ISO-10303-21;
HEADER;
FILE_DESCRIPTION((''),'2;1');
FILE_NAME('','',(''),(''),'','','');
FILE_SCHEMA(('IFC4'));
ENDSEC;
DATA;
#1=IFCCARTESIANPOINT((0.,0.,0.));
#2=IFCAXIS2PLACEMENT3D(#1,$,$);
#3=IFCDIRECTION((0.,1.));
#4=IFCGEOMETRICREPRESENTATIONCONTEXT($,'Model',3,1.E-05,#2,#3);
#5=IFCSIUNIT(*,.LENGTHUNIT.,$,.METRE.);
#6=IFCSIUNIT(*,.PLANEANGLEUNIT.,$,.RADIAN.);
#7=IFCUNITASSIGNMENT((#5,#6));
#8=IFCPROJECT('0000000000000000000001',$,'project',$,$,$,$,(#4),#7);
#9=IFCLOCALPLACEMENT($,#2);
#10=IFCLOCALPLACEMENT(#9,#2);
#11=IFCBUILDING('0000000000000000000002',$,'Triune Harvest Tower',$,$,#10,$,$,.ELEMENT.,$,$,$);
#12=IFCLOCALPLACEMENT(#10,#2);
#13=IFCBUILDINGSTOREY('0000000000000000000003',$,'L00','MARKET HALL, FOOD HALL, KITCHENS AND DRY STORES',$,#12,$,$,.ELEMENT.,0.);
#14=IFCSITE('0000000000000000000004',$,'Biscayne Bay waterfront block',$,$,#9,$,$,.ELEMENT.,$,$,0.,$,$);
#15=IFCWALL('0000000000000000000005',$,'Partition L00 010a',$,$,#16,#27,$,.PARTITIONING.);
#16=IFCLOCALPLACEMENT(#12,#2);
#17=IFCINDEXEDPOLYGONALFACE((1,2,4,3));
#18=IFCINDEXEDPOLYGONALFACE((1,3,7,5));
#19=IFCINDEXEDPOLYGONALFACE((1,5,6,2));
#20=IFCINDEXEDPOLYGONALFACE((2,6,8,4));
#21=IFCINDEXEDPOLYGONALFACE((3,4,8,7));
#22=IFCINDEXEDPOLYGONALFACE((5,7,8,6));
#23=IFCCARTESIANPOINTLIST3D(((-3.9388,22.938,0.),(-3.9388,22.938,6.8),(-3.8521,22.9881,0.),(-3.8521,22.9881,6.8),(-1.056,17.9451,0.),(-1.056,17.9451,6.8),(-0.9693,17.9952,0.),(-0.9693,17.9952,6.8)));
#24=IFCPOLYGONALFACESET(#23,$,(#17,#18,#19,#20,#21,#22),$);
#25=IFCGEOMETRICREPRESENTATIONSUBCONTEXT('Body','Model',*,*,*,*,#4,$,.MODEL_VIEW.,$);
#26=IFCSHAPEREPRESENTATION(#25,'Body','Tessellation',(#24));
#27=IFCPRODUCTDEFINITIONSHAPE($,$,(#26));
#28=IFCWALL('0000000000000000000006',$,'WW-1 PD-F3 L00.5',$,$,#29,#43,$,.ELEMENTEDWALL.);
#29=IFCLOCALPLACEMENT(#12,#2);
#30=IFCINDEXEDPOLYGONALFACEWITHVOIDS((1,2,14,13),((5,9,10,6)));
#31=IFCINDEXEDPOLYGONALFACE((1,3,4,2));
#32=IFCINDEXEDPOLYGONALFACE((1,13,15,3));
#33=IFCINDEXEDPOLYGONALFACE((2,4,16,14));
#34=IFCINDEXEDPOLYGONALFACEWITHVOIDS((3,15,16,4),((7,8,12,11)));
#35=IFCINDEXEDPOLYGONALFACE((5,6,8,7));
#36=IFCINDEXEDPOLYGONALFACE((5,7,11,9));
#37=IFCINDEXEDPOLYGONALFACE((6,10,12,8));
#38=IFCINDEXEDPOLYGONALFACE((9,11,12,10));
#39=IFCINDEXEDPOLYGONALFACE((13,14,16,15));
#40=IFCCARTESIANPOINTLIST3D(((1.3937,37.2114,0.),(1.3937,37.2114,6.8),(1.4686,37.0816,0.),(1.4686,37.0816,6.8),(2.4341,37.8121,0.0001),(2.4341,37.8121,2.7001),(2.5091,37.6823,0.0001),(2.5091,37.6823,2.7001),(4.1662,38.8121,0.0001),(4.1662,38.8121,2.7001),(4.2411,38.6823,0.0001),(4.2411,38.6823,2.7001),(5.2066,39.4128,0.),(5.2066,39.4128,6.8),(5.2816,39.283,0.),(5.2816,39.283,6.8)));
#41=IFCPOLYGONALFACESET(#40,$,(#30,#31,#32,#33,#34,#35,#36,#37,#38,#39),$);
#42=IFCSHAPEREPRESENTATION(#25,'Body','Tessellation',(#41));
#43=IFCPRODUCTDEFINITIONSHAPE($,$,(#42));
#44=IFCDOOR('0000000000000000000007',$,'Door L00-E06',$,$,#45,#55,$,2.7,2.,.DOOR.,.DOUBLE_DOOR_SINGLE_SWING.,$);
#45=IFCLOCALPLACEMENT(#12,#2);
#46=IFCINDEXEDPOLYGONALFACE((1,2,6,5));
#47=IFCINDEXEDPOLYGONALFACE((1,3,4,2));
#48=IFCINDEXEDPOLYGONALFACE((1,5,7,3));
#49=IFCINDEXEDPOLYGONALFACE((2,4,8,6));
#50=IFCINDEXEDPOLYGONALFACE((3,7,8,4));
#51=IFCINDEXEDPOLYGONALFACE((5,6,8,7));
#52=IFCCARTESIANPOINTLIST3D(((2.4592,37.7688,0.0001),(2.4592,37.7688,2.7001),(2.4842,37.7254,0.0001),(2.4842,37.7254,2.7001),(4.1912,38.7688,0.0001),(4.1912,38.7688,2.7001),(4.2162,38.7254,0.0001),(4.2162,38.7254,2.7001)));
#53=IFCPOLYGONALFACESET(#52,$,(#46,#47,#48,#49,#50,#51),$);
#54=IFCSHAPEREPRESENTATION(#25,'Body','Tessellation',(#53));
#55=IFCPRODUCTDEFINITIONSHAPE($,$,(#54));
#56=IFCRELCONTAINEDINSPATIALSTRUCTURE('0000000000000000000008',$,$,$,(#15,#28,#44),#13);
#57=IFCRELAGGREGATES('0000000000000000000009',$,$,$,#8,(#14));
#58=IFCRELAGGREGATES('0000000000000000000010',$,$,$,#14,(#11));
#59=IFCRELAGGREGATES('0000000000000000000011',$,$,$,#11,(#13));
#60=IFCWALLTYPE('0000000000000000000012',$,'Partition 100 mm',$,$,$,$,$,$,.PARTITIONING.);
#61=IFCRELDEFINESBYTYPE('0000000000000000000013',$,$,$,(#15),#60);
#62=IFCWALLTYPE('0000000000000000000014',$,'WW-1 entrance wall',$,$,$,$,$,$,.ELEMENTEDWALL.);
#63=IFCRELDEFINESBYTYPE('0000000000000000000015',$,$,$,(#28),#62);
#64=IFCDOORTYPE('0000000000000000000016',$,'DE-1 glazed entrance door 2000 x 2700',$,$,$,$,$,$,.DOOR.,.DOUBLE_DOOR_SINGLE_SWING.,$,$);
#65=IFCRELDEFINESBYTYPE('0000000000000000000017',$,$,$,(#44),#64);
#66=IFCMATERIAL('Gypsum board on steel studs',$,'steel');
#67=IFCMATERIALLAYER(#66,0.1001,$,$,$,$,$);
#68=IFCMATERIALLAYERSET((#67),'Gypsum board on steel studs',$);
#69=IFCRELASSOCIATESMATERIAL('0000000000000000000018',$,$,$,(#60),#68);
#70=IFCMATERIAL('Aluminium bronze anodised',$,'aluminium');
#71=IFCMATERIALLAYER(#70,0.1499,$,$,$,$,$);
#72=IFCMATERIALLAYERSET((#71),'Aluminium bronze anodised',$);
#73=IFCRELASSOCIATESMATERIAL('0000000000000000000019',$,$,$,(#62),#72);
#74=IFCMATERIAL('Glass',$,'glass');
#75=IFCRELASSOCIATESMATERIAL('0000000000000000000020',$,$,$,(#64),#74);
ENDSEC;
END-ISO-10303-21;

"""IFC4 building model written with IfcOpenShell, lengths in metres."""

from ifc_helpers import new_model, si_unit, direction, frame, frame_2d, origin, place, context, subcontext, project, spatial, rectangle, extrude, source, transform, mapped, material, layer, layer_set, type_object, element, fill, save


model = new_model("IFC4")

# Units and contexts
model_context = context("Model", 3, precision=1e-05, world=origin(), true_north=direction((0.0, 1.0)))
body_context = subcontext(model_context, "Body", "Model", "MODEL_VIEW")
ifc_project = project(units=[si_unit("LENGTHUNIT", "METRE"), si_unit("PLANEANGLEUNIT", "RADIAN")], contexts=[model_context])

# Site, building, storey
site_placement = place(None, origin())
site = spatial("IfcSite", under=ifc_project, at=site_placement, Name="Biscayne Bay waterfront block", CompositionType="ELEMENT", RefElevation=0.0)
building_placement = place(site_placement, origin())
building = spatial("IfcBuilding", under=site, at=building_placement, Name="Triune Harvest Tower", CompositionType="ELEMENT")
storey_placement = place(building_placement, origin())
storey = spatial("IfcBuildingStorey", under=building, at=storey_placement, Name="L00", Description="MARKET HALL, FOOD HALL, KITCHENS AND DRY STORES", CompositionType="ELEMENT", Elevation=0.0)

# Wall
ifc_material_1 = material(Name="Gypsum board on steel studs", Category="steel")
ifc_layer_1 = layer(ifc_material_1, 0.1001)
ifc_layer_set_1 = layer_set([ifc_layer_1], Name="Gypsum board on steel studs")
wall_type_1 = type_object("IfcWallType", Name="Partition 100 mm", PredefinedType="PARTITIONING", material=ifc_layer_set_1)
wall_1_placement = place(storey_placement, frame((-3.8955, 22.9631, 0.0), z_axis=(0.0, 0.0, 1.0), x_axis=(0.500019, -0.866014, 0.0)))
element("IfcWall", 1, at=wall_1_placement, inside=storey, type_object=wall_type_1, Name="Partition L00 010a", PredefinedType="PARTITIONING", context=body_context, shape_type="SweptSolid", body=[
    extrude(rectangle(XDim=5.7654, YDim=0.1001, at=frame_2d((2.8828, 0.0))), origin(), (0.0, 0.0, 1.0), 6.8),
])

# Wall, opening, door
ifc_material_2 = material(Name="Aluminium bronze anodised", Category="aluminium")
ifc_layer_2 = layer(ifc_material_2, 0.1499)
ifc_layer_set_2 = layer_set([ifc_layer_2], Name="Aluminium bronze anodised")
wall_type_2 = type_object("IfcWallType", Name="WW-1 entrance wall", PredefinedType="ELEMENTEDWALL", material=ifc_layer_set_2)
shared_shape_1 = source(origin(), body_context, "Body", "SweptSolid", [
    extrude(rectangle(XDim=4.4028, YDim=0.1499, at=frame_2d((2.2014, 0.0))), origin(), (0.0, 0.0, 1.0), 6.8),
])
wall_2_placement = place(storey_placement, frame((1.4312, 37.1465, 0.0), z_axis=(0.0, 0.0, 1.0), x_axis=(0.866027, 0.499998, 0.0)))
wall_2 = element("IfcWall", 2, at=wall_2_placement, inside=storey, type_object=wall_type_2, Name="WW-1 PD-F3 L00.5", PredefinedType="ELEMENTEDWALL", context=body_context, shape_type="MappedRepresentation", body=[
    mapped(shared_shape_1, transform((0.0, 0.0, 0.0), scale=1.0)),
])
opening_placement = place(wall_2_placement, frame((1.2014, 0.0, 0.0)))
opening = element("IfcOpeningElement", 3, at=opening_placement, cuts=wall_2, PredefinedType="OPENING", context=body_context, shape_type="SweptSolid", body=[
    extrude(rectangle(XDim=2.0, YDim=2.7, at=frame_2d((1.0, 1.3501))), frame((0.0, 0.085, 0.0), z_axis=(0.0, -1.0, 0.0), x_axis=(1.0, 0.0, 0.0)), (0.0, 0.0, 1.0), 0.1699),
])
ifc_material_3 = material(Name="Glass", Category="glass")
door_type = type_object("IfcDoorType", Name="DE-1 glazed entrance door 2000 x 2700", OperationType="DOUBLE_DOOR_SINGLE_SWING", PredefinedType="DOOR", material=ifc_material_3)
door_placement = place(opening_placement, origin())
door = element("IfcDoor", 4, at=door_placement, inside=storey, type_object=door_type, Name="Door L00-E06", OperationType="DOUBLE_DOOR_SINGLE_SWING", OverallHeight=2.7, OverallWidth=2.0, PredefinedType="DOOR", context=body_context, shape_type="SweptSolid", body=[
    extrude(rectangle(XDim=2.0, YDim=2.7, at=frame_2d((1.0, 1.3501))), frame((0.0, 0.0249, 0.0), z_axis=(0.0, -1.0, 0.0), x_axis=(1.0, 0.0, 0.0)), (0.0, 0.0, 1.0), 0.05),
])
fill(opening, door)

save(model, "model.ifc")
